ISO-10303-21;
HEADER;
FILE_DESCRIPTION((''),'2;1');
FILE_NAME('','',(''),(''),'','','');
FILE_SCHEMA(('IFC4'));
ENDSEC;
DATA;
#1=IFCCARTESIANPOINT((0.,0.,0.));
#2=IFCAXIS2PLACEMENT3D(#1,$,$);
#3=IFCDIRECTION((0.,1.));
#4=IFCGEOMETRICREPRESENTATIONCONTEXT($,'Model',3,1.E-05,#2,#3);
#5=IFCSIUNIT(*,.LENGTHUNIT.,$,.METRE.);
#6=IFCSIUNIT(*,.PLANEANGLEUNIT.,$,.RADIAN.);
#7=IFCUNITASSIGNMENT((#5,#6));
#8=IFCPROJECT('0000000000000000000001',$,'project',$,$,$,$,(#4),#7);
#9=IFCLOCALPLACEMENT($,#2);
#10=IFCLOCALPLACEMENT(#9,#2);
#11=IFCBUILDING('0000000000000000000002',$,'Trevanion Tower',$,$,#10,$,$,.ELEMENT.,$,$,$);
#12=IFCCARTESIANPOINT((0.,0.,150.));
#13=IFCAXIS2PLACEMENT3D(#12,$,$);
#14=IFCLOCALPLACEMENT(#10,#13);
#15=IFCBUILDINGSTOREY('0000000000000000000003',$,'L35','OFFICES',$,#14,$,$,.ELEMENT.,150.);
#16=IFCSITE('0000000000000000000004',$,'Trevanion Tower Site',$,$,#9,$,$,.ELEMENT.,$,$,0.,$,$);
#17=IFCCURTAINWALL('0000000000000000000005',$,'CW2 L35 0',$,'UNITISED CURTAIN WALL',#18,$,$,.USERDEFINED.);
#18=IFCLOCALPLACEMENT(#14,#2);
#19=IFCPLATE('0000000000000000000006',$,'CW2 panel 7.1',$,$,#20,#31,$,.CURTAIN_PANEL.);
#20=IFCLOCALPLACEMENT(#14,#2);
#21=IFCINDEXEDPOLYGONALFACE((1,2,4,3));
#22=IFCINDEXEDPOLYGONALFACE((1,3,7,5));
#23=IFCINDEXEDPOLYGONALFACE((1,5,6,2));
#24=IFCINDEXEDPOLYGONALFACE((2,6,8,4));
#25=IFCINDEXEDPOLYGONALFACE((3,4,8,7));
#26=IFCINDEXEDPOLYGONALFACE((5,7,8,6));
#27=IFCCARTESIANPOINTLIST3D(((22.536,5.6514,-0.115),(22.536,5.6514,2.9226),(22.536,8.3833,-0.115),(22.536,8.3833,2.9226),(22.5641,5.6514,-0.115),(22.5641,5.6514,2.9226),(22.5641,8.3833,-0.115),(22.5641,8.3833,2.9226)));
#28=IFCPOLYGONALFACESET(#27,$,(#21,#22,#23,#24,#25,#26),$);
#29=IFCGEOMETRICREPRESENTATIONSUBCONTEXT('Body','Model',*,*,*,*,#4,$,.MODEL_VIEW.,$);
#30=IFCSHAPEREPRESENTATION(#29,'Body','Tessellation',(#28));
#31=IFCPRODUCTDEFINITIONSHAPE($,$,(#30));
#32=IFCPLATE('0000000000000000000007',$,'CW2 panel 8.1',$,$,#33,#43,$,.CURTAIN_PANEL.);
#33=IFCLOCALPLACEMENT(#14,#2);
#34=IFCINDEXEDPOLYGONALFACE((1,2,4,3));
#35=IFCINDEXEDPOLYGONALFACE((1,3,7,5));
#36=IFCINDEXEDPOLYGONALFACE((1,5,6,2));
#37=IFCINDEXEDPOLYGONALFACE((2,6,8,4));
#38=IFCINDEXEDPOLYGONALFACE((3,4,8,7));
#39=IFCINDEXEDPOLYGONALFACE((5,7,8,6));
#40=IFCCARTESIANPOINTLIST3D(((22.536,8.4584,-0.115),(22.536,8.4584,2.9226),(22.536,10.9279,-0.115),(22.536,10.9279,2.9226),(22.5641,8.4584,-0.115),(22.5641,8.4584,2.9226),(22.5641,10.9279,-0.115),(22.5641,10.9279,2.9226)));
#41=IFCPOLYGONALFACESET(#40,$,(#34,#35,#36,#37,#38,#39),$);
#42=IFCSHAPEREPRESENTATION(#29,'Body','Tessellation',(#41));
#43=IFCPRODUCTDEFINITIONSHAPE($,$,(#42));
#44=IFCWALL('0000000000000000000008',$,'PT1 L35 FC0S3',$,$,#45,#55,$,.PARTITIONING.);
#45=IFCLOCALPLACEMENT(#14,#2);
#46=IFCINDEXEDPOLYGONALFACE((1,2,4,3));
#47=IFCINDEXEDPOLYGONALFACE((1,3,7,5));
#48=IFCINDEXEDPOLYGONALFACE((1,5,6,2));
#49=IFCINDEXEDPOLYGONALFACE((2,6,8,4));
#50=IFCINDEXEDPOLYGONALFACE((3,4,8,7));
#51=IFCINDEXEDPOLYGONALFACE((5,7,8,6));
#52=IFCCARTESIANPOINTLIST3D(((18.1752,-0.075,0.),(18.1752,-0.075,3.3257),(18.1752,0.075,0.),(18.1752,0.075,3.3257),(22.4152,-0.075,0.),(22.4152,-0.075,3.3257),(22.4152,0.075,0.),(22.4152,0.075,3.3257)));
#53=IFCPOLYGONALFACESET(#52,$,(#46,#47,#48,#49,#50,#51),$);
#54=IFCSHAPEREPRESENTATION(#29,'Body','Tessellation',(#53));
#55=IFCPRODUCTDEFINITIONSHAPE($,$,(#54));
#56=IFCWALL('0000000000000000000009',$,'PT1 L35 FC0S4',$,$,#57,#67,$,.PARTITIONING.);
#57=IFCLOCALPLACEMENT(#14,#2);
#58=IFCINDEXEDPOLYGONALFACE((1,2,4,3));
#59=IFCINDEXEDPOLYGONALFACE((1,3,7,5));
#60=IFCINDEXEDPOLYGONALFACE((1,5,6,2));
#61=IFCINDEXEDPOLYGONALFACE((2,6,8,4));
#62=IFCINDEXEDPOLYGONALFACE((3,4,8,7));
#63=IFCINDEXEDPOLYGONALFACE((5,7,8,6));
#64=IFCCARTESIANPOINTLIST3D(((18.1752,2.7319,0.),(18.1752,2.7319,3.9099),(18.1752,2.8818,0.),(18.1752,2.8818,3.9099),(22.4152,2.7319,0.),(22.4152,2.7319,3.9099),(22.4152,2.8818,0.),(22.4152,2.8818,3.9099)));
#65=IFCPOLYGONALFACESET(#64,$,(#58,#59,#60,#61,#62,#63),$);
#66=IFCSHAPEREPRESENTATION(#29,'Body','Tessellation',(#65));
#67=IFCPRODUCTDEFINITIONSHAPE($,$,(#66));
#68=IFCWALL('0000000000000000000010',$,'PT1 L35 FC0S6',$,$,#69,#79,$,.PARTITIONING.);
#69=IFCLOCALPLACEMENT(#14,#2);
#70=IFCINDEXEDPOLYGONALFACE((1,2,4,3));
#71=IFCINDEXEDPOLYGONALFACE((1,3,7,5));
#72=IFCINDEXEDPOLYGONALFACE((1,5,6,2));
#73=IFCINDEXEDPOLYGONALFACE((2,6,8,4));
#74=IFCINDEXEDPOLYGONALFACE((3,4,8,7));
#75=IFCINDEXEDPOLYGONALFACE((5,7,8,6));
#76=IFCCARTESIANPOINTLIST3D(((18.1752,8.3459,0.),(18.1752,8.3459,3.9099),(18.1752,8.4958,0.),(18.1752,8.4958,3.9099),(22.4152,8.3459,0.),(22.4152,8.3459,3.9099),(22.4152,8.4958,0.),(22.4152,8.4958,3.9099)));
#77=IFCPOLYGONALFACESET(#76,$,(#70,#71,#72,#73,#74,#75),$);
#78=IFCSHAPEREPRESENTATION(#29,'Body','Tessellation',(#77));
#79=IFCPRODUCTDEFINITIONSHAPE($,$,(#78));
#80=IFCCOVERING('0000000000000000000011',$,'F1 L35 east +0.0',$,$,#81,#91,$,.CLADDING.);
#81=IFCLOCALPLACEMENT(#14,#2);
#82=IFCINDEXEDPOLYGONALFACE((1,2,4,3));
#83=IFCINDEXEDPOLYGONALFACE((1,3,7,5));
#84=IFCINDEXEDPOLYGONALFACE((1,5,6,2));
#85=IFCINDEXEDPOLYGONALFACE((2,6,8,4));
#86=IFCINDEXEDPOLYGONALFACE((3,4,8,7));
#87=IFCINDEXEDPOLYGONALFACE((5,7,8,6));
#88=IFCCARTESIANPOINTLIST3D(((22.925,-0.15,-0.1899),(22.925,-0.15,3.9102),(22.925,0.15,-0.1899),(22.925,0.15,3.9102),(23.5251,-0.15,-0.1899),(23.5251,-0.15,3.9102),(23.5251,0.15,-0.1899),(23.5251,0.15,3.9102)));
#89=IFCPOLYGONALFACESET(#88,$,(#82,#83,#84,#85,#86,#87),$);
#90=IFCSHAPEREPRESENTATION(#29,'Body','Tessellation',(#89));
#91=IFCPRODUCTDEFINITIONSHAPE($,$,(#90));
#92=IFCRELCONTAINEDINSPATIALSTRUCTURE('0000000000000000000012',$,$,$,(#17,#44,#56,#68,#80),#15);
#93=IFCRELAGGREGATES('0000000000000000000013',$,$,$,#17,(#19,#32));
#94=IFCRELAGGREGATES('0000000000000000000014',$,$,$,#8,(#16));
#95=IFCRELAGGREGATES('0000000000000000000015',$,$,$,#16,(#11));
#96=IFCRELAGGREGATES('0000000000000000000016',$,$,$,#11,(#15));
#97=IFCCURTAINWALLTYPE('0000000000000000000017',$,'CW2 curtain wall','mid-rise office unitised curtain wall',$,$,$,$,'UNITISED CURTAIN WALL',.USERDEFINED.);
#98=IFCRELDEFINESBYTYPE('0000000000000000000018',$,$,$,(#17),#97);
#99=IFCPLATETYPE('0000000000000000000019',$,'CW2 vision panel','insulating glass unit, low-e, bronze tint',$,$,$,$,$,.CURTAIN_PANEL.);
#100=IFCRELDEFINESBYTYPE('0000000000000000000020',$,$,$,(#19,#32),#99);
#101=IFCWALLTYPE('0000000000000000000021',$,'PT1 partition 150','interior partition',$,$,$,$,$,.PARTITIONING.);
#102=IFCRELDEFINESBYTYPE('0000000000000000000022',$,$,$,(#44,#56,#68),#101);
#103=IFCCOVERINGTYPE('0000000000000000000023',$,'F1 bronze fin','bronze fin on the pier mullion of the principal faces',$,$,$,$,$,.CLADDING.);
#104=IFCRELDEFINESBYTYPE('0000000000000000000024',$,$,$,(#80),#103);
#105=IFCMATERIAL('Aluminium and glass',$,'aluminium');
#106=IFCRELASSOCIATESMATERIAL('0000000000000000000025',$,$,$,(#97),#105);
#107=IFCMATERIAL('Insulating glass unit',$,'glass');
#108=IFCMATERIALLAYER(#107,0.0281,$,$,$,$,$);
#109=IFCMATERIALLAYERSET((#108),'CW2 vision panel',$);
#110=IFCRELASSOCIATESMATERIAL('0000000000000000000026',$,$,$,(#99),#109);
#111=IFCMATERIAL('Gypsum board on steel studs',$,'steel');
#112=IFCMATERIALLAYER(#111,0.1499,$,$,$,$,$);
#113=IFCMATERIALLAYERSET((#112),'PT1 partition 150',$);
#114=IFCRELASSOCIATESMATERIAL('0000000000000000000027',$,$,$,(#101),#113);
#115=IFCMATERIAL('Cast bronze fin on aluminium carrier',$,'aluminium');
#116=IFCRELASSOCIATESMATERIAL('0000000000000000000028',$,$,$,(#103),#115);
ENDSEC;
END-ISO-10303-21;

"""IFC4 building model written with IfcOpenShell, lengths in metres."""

from ifc_helpers import new_model, si_unit, direction, frame, frame_2d, origin, origin_2d, place, context, subcontext, project, spatial, rectangle, extrude, material, layer, layer_set, type_object, element, aggregate, save


model = new_model("IFC4")

# Units and contexts
model_context = context("Model", 3, precision=1e-05, world=origin(), true_north=direction((0.0, 1.0)))
body_context = subcontext(model_context, "Body", "Model", "MODEL_VIEW")
ifc_project = project(units=[si_unit("LENGTHUNIT", "METRE"), si_unit("PLANEANGLEUNIT", "RADIAN")], contexts=[model_context])

# Site, building, storey
site_placement = place(None, origin())
site = spatial("IfcSite", under=ifc_project, at=site_placement, Name="Trevanion Tower Site", CompositionType="ELEMENT", RefElevation=0.0)
building_placement = place(site_placement, origin())
building = spatial("IfcBuilding", under=site, at=building_placement, Name="Trevanion Tower", CompositionType="ELEMENT")
storey_placement = place(building_placement, frame((0.0, 0.0, 150.0)))
storey = spatial("IfcBuildingStorey", under=building, at=storey_placement, Name="L35", Description="OFFICES", CompositionType="ELEMENT", Elevation=150.0)

# Curtain wall
ifc_material_1 = material(Name="Aluminium and glass", Category="aluminium")
curtain_wall_type = type_object("IfcCurtainWallType", Name="CW2 curtain wall", Description="mid-rise office unitised curtain wall", ElementType="UNITISED CURTAIN WALL", PredefinedType="USERDEFINED", material=ifc_material_1)
curtain_wall_placement = place(storey_placement, origin())
curtain_wall = element("IfcCurtainWall", 1, at=curtain_wall_placement, inside=storey, type_object=curtain_wall_type, Name="CW2 L35 0", ObjectType="UNITISED CURTAIN WALL", PredefinedType="USERDEFINED")

# Plates
ifc_material_2 = material(Name="Insulating glass unit", Category="glass")
ifc_layer_1 = layer(ifc_material_2, 0.0281)
ifc_layer_set_1 = layer_set([ifc_layer_1], Name="CW2 vision panel")
plate_type_1 = type_object("IfcPlateType", Name="CW2 vision panel", Description="insulating glass unit, low-e, bronze tint", PredefinedType="CURTAIN_PANEL", material=ifc_layer_set_1)
plate_1_placement = place(storey_placement, frame((22.55, 7.0173, -0.115), z_axis=(0.0, 0.0, 1.0), x_axis=(0.0, 1.0, 0.0)))
plate_1 = element("IfcPlate", 2, at=plate_1_placement, type_object=plate_type_1, Name="CW2 panel 7.1", PredefinedType="CURTAIN_PANEL", context=body_context, shape_type="SweptSolid", body=[
    extrude(rectangle(XDim=2.7319, YDim=0.0281, at=origin_2d()), origin(), (0.0, 0.0, 1.0), 3.0376),
])
plate_2_placement = place(storey_placement, frame((22.55, 9.6931, -0.115), z_axis=(0.0, 0.0, 1.0), x_axis=(0.0, 1.0, 0.0)))
plate_2 = element("IfcPlate", 3, at=plate_2_placement, type_object=plate_type_1, Name="CW2 panel 8.1", PredefinedType="CURTAIN_PANEL", context=body_context, shape_type="SweptSolid", body=[
    extrude(rectangle(XDim=2.4695, YDim=0.0281, at=origin_2d()), origin(), (0.0, 0.0, 1.0), 3.0376),
])
aggregate(curtain_wall, [plate_1, plate_2])

# Walls
ifc_material_3 = material(Name="Gypsum board on steel studs", Category="steel")
ifc_layer_2 = layer(ifc_material_3, 0.1499)
ifc_layer_set_2 = layer_set([ifc_layer_2], Name="PT1 partition 150")
wall_type = type_object("IfcWallType", Name="PT1 partition 150", Description="interior partition", PredefinedType="PARTITIONING", material=ifc_layer_set_2)
wall_placement = place(storey_placement, frame((18.175, 0.0, 0.0), z_axis=(0.0, 0.0, 1.0), x_axis=(1.0, 0.0, 0.0)))
element("IfcWall", 4, at=wall_placement, inside=storey, type_object=wall_type, Name="PT1 L35 FC0S3", PredefinedType="PARTITIONING", context=body_context, shape_type="SweptSolid", body=[
    extrude(rectangle(XDim=4.24, YDim=0.1499, at=frame_2d((2.1201, 0.0))), origin(), (0.0, 0.0, 1.0), 3.3257),
])
for number, where, z_axis, x_axis, name in (
    (5, (18.175, 2.8069, 0.0), (0.0, 0.0, 1.0), (1.0, 0.0, 0.0), "PT1 L35 FC0S4"),
    (6, (18.175, 8.4209, 0.0), (0.0, 0.0, 1.0), (1.0, 0.0, 0.0), "PT1 L35 FC0S6"),
):
    element("IfcWall", number, at=place(storey_placement, frame(where, z_axis=z_axis, x_axis=x_axis)), inside=storey, type_object=wall_type, Name=name, PredefinedType="PARTITIONING", context=body_context, shape_type="SweptSolid", body=[
        extrude(rectangle(XDim=4.24, YDim=0.1499, at=frame_2d((2.1201, 0.0))), origin(), (0.0, 0.0, 1.0), 3.9099),
    ])

# Covering
ifc_material_4 = material(Name="Cast bronze fin on aluminium carrier", Category="aluminium")
covering_type = type_object("IfcCoveringType", Name="F1 bronze fin", Description="bronze fin on the pier mullion of the principal faces", PredefinedType="CLADDING", material=ifc_material_4)
covering_placement = place(storey_placement, frame((23.2251, 0.0, -0.1899), z_axis=(0.0, 0.0, 1.0), x_axis=(0.0, 1.0, 0.0)))
element("IfcCovering", 7, at=covering_placement, inside=storey, type_object=covering_type, Name="F1 L35 east +0.0", PredefinedType="CLADDING", context=body_context, shape_type="SweptSolid", body=[
    extrude(rectangle(XDim=0.3, YDim=0.6001, at=origin_2d()), origin(), (0.0, 0.0, 1.0), 4.1001),
])

save(model, "model.ifc")
